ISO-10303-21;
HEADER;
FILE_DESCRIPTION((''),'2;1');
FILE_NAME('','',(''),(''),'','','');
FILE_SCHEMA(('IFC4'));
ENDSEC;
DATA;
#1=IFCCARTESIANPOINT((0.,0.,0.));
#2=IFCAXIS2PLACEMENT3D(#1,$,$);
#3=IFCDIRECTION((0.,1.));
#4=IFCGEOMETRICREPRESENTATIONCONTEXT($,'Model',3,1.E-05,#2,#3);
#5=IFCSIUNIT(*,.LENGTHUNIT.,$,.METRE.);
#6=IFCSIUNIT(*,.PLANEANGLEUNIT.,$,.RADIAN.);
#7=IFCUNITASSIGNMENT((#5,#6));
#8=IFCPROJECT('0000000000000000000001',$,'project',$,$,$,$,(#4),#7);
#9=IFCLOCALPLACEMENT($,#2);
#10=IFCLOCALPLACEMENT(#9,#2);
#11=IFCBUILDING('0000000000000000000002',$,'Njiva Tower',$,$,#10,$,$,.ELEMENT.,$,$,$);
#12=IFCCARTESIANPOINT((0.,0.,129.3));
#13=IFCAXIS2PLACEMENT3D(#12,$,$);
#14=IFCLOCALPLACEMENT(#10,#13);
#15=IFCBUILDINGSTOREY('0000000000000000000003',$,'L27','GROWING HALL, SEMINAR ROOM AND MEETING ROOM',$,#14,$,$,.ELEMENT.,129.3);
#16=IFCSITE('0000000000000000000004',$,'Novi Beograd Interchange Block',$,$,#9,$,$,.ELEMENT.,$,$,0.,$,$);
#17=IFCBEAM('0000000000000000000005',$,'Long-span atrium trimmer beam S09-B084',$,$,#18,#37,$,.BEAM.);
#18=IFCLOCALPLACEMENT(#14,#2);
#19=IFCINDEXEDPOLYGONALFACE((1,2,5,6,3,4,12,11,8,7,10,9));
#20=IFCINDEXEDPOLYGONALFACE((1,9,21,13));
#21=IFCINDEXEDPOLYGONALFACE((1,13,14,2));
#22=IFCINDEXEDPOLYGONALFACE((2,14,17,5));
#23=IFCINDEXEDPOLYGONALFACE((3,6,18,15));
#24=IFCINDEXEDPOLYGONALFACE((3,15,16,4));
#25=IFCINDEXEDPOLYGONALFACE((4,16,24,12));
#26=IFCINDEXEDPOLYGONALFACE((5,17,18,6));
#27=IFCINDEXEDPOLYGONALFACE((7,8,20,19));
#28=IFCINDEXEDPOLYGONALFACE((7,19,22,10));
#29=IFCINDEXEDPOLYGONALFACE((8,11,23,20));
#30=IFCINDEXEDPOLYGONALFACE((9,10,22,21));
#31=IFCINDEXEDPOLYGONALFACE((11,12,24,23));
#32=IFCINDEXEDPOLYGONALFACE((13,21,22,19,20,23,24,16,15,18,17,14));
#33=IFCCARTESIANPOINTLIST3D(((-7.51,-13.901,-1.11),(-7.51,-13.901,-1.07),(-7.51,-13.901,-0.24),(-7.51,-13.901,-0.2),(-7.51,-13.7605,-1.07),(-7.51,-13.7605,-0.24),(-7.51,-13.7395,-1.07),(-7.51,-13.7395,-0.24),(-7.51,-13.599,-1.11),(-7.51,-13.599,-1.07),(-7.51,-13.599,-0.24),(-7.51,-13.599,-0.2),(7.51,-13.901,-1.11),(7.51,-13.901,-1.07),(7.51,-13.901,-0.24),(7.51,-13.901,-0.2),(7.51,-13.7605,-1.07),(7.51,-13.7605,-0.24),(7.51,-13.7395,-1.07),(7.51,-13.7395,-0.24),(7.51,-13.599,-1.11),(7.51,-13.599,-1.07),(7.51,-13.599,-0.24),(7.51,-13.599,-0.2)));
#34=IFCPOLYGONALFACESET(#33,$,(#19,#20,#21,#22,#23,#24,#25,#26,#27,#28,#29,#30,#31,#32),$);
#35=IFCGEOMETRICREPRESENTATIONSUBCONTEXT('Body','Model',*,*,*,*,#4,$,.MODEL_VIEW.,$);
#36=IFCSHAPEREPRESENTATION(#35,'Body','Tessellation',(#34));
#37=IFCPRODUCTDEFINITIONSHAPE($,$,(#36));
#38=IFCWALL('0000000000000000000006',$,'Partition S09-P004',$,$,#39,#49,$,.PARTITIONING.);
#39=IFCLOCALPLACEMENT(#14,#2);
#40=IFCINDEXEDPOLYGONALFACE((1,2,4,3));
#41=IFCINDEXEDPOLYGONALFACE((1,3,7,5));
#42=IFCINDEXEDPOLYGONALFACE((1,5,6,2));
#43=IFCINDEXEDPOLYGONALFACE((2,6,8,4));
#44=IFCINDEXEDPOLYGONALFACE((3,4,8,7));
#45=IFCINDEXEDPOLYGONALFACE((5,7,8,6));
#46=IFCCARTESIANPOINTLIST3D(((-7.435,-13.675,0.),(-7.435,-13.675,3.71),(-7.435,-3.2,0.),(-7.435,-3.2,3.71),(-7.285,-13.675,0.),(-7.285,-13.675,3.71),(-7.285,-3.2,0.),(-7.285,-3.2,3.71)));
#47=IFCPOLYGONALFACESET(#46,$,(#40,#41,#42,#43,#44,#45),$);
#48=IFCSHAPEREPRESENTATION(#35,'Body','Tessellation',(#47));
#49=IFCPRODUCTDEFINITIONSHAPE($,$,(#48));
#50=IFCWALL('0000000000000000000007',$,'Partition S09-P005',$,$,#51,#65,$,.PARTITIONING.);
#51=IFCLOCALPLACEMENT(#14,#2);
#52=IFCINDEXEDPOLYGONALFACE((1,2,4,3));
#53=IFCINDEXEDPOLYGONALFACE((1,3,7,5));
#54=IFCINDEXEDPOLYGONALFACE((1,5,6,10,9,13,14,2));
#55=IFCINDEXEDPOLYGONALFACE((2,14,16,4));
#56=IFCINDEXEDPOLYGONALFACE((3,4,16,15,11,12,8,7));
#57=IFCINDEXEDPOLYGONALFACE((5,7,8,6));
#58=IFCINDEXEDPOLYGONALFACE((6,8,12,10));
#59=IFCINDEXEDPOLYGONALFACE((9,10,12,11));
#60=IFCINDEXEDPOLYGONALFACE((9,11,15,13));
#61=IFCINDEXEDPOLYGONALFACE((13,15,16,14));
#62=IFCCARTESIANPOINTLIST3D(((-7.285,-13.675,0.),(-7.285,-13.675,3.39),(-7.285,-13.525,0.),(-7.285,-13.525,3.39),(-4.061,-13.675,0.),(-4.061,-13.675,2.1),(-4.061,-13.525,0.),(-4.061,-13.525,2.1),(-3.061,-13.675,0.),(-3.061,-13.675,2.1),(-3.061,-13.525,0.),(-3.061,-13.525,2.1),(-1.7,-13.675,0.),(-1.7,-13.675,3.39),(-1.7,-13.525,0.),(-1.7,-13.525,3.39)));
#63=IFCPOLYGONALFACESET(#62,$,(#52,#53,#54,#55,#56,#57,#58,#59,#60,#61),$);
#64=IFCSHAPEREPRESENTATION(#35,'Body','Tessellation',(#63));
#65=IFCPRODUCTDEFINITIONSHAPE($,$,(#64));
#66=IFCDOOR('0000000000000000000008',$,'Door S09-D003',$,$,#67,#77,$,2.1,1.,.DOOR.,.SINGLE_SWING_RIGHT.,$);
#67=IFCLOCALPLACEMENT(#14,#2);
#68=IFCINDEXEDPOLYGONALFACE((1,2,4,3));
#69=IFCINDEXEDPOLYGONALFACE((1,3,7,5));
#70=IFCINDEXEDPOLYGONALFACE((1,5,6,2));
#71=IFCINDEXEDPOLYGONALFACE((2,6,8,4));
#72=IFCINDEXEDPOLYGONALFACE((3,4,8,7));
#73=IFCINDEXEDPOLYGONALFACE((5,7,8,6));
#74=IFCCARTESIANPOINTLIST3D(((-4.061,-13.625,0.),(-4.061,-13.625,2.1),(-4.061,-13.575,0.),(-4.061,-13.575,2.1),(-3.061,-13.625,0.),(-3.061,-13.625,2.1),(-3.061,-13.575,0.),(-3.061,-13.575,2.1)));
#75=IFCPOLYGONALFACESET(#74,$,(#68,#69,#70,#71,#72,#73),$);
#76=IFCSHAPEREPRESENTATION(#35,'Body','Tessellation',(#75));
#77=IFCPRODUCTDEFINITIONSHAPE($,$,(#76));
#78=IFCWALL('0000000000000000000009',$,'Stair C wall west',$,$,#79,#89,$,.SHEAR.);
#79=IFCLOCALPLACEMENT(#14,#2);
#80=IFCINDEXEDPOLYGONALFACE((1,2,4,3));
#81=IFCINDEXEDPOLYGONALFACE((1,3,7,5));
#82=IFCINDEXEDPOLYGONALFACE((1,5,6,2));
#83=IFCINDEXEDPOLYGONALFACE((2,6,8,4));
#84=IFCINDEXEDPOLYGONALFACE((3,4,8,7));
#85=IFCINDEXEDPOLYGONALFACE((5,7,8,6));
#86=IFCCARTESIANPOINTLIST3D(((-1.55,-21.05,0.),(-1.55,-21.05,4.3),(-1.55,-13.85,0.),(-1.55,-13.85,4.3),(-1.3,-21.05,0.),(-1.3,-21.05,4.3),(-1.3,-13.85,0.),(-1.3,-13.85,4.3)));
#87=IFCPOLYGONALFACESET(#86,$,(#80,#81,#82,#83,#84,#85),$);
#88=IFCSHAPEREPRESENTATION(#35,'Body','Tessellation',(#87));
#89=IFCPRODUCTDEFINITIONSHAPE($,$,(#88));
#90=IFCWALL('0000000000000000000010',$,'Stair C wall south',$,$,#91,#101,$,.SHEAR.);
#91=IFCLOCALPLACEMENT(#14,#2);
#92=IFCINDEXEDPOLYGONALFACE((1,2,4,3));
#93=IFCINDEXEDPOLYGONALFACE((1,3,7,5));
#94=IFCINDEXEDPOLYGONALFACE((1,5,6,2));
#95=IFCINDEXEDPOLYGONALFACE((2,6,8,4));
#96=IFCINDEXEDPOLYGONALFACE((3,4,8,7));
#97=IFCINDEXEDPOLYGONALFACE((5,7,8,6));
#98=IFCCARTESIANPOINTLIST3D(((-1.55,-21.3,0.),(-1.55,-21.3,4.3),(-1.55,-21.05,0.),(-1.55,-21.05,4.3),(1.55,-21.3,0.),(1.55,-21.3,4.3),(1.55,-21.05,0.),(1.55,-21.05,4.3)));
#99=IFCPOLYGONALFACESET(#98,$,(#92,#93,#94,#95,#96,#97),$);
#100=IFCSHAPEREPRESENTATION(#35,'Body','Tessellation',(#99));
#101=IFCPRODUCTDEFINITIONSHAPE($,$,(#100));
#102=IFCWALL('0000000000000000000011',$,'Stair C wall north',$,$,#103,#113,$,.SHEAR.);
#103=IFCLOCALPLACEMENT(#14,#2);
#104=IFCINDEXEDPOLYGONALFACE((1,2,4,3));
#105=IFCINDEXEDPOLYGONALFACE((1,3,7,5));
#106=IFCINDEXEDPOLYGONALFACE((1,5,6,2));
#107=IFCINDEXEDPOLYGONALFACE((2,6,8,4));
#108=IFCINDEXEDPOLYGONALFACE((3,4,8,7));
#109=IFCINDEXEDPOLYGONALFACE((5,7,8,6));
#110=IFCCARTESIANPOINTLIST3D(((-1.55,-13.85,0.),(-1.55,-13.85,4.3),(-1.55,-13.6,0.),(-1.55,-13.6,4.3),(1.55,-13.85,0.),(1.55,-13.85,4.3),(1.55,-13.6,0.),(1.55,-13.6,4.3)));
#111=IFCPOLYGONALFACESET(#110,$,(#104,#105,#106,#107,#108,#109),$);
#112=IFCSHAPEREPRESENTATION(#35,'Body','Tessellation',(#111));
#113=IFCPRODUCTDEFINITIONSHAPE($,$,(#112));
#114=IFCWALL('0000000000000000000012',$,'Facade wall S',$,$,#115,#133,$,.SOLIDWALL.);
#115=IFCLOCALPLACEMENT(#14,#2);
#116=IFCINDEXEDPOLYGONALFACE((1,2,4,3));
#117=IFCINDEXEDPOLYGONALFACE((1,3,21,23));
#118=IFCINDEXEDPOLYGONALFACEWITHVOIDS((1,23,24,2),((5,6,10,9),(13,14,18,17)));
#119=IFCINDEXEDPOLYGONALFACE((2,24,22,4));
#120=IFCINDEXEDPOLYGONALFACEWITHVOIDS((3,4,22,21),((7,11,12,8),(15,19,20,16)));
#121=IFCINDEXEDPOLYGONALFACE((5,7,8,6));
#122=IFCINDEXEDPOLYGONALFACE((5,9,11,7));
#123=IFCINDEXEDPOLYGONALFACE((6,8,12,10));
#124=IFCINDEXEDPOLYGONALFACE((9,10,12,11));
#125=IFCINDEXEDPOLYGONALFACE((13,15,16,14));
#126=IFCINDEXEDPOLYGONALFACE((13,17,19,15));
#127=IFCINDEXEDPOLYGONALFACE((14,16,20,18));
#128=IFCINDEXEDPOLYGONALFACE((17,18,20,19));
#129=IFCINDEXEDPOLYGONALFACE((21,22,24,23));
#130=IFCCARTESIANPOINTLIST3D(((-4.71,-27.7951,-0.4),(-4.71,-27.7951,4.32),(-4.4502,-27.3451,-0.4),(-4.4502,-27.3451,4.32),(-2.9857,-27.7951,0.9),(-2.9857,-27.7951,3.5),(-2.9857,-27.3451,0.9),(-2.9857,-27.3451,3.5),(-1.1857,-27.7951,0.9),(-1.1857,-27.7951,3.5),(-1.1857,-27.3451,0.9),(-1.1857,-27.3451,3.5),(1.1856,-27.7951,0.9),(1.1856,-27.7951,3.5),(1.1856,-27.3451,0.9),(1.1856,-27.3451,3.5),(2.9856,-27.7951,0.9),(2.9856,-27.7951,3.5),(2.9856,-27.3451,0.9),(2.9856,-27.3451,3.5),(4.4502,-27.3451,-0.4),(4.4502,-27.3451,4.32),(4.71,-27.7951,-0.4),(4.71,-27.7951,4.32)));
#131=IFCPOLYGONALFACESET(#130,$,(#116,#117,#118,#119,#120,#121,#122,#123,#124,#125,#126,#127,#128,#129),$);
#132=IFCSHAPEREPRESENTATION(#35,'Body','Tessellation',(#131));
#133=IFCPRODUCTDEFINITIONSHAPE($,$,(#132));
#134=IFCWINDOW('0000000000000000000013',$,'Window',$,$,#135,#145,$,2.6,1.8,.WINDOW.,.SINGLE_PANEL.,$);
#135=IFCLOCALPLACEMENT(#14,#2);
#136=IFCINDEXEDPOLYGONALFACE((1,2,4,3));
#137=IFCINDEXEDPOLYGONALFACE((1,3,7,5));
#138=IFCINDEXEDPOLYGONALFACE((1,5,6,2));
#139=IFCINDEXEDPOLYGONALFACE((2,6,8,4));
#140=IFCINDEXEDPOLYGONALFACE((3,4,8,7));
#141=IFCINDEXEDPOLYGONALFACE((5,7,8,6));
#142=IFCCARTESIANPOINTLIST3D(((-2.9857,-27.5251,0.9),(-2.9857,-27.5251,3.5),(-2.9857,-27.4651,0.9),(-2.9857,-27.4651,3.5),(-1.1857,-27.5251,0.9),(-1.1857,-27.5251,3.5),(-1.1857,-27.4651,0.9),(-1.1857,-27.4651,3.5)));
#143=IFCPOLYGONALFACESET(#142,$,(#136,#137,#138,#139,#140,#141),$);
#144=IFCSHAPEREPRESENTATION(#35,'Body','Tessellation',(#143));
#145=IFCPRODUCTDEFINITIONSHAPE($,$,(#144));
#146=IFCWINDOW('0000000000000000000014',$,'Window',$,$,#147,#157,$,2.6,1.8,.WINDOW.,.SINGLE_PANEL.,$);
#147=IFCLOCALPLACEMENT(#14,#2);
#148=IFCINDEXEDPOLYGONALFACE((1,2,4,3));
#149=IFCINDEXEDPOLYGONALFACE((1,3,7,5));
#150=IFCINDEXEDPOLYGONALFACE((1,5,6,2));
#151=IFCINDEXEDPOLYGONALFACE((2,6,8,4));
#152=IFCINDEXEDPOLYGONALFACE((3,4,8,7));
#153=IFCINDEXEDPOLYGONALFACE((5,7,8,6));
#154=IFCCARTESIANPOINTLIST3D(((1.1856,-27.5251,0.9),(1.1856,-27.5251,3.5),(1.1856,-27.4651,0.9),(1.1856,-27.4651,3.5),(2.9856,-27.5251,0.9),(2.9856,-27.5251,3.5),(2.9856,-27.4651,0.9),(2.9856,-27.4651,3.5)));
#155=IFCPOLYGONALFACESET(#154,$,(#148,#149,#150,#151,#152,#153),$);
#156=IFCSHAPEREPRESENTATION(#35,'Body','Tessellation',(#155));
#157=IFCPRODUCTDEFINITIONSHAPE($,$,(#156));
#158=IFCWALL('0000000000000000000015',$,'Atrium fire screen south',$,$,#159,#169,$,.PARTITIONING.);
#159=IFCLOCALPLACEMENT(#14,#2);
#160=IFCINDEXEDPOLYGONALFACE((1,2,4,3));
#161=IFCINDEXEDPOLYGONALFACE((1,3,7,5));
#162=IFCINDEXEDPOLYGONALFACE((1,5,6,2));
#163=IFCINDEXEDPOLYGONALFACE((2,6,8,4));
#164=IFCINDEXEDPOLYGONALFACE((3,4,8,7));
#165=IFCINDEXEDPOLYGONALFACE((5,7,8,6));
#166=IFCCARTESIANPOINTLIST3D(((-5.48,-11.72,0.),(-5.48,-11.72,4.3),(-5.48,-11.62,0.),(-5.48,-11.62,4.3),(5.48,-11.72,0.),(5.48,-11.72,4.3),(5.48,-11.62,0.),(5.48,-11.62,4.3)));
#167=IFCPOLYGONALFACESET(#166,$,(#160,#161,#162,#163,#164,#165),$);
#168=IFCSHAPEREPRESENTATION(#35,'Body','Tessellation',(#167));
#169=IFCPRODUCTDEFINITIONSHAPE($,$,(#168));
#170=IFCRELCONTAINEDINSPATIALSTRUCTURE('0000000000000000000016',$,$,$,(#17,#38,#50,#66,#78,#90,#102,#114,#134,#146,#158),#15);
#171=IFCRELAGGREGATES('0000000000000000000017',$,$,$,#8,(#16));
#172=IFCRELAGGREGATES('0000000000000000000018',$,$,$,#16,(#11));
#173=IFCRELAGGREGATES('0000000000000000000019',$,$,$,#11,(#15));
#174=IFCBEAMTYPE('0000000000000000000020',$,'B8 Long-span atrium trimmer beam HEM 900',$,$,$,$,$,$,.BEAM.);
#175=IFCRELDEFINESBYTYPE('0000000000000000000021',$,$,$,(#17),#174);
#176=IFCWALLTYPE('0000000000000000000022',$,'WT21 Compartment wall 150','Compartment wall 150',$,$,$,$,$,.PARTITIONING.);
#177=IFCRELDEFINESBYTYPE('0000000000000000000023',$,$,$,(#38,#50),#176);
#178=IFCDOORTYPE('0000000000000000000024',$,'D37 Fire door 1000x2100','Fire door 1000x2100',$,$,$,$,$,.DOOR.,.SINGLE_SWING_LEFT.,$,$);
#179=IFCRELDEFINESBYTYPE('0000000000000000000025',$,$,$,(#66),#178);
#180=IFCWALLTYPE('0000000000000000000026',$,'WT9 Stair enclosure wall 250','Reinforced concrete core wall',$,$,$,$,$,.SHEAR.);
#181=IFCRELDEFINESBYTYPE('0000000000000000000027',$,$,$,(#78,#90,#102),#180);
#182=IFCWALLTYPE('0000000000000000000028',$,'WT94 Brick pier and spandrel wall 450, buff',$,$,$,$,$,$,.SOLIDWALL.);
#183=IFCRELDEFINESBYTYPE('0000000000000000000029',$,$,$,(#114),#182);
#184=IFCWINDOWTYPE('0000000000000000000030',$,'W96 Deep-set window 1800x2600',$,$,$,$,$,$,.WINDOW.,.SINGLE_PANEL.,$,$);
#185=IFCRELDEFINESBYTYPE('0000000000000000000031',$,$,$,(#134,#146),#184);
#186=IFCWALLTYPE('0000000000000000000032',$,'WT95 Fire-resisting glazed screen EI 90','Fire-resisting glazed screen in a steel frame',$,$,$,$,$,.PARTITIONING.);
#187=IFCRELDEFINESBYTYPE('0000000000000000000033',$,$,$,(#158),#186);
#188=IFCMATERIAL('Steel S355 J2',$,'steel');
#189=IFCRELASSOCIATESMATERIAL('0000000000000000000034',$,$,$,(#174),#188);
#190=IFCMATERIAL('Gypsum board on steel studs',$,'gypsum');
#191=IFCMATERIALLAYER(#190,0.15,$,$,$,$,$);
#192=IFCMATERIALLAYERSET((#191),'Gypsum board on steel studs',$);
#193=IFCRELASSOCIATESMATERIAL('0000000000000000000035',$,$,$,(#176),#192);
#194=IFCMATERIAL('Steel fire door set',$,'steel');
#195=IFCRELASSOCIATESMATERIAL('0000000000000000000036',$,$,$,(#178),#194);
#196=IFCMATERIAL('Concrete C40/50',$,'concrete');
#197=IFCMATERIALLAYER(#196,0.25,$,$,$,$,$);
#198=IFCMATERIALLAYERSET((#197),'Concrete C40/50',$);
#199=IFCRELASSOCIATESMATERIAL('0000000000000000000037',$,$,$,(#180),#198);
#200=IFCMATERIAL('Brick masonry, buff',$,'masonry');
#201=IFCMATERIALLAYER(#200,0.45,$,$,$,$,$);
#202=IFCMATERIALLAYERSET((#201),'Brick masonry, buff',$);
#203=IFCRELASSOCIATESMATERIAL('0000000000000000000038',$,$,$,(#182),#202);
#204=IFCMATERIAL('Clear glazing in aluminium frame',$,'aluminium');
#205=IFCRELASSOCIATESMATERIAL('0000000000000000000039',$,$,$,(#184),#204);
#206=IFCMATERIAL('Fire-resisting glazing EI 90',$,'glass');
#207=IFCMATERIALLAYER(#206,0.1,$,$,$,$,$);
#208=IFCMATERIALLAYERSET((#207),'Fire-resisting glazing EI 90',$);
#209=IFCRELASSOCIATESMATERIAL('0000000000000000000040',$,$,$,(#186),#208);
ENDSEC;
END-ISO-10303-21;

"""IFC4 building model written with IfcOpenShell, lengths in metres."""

from ifc_helpers import new_model, si_unit, direction, frame, frame_2d, origin, origin_2d, place, context, subcontext, project, spatial, polyline, rectangle, i_section, outline, extrude, material, layer, layer_set, material_profile, profile_set, type_object, element, fill, save


model = new_model("IFC4")

# Units and contexts
model_context = context("Model", 3, precision=1e-05, world=origin(), true_north=direction((0.0, 1.0)))
body_context = subcontext(model_context, "Body", "Model", "MODEL_VIEW")
ifc_project = project(units=[si_unit("LENGTHUNIT", "METRE"), si_unit("PLANEANGLEUNIT", "RADIAN")], contexts=[model_context])

# Site, building, storey
site_placement = place(None, origin())
site = spatial("IfcSite", under=ifc_project, at=site_placement, Name="Novi Beograd Interchange Block", CompositionType="ELEMENT", RefElevation=0.0)
building_placement = place(site_placement, origin())
building = spatial("IfcBuilding", under=site, at=building_placement, Name="Njiva Tower", CompositionType="ELEMENT")
storey_placement = place(building_placement, frame((0.0, 0.0, 129.3)))
storey = spatial("IfcBuildingStorey", under=building, at=storey_placement, Name="L27", Description="GROWING HALL, SEMINAR ROOM AND MEETING ROOM", CompositionType="ELEMENT", Elevation=129.3)

# Shared definitions
ifc_material_1 = material(Name="Steel S355 J2", Category="steel")

# Beam
ifc_material_profile_1 = material_profile(ifc_material_1, i_section(OverallWidth=0.302, OverallDepth=0.91, WebThickness=0.021, FlangeThickness=0.04, at=origin_2d()), Name="HEM 900")
ifc_profile_set_1 = profile_set([ifc_material_profile_1], Name="Steel S355 J2")
beam_type_1 = type_object("IfcBeamType", Name="B8 Long-span atrium trimmer beam HEM 900", PredefinedType="BEAM", material=ifc_profile_set_1)
beam_1_placement = place(storey_placement, frame((-7.51, -13.75, -0.655), z_axis=(1.0, 0.0, 0.0), x_axis=(0.0, 1.0, 0.0)))
element("IfcBeam", 1, at=beam_1_placement, inside=storey, type_object=beam_type_1, Name="Long-span atrium trimmer beam S09-B084", PredefinedType="BEAM", context=body_context, shape_type="SweptSolid", body=[
    extrude(i_section(OverallWidth=0.302, OverallDepth=0.91, WebThickness=0.021, FlangeThickness=0.04, at=origin_2d()), origin(), (0.0, 0.0, 1.0), 15.02),
])

# Wall
ifc_material_2 = material(Name="Gypsum board on steel studs", Category="gypsum")
ifc_layer_1 = layer(ifc_material_2, 0.15)
ifc_layer_set_1 = layer_set([ifc_layer_1], Name="Gypsum board on steel studs")
wall_type_1 = type_object("IfcWallType", Name="WT21 Compartment wall 150", Description="Compartment wall 150", PredefinedType="PARTITIONING", material=ifc_layer_set_1)
wall_1_placement = place(storey_placement, frame((-7.36, -13.675, 0.0), z_axis=(0.0, 0.0, 1.0), x_axis=(0.0, 1.0, 0.0)))
element("IfcWall", 2, at=wall_1_placement, inside=storey, type_object=wall_type_1, Name="Partition S09-P004", PredefinedType="PARTITIONING", context=body_context, shape_type="SweptSolid", body=[
    extrude(rectangle(XDim=10.475, YDim=0.15, at=frame_2d((5.2375, 0.0))), origin(), (0.0, 0.0, 1.0), 3.71),
])

# Wall, opening, door
wall_2_placement = place(storey_placement, frame((-7.285, -13.6, 0.0), z_axis=(0.0, 0.0, 1.0), x_axis=(1.0, 0.0, 0.0)))
wall_2 = element("IfcWall", 3, at=wall_2_placement, inside=storey, type_object=wall_type_1, Name="Partition S09-P005", PredefinedType="PARTITIONING", context=body_context, shape_type="SweptSolid", body=[
    extrude(rectangle(XDim=5.585, YDim=0.15, at=frame_2d((2.7925, 0.0))), origin(), (0.0, 0.0, 1.0), 3.39),
])
opening_1_placement = place(wall_2_placement, frame((3.224, 0.0, 0.0)))
opening_1 = element("IfcOpeningElement", 4, at=opening_1_placement, cuts=wall_2, PredefinedType="OPENING", context=body_context, shape_type="SweptSolid", body=[
    extrude(rectangle(XDim=1.0, YDim=2.1, at=frame_2d((0.5, 1.05))), frame((0.0, 0.085, 0.0), z_axis=(0.0, -1.0, 0.0), x_axis=(1.0, 0.0, 0.0)), (0.0, 0.0, 1.0), 0.17),
])
ifc_material_3 = material(Name="Steel fire door set", Category="steel")
door_type = type_object("IfcDoorType", Name="D37 Fire door 1000x2100", Description="Fire door 1000x2100", OperationType="SINGLE_SWING_LEFT", PredefinedType="DOOR", material=ifc_material_3)
door_placement = place(opening_1_placement, origin())
door = element("IfcDoor", 5, at=door_placement, inside=storey, type_object=door_type, Name="Door S09-D003", OperationType="SINGLE_SWING_RIGHT", OverallHeight=2.1, OverallWidth=1.0, PredefinedType="DOOR", context=body_context, shape_type="SweptSolid", body=[
    extrude(rectangle(XDim=1.0, YDim=2.1, at=frame_2d((0.5, 1.05))), frame((0.0, 0.025, 0.0), z_axis=(0.0, -1.0, 0.0), x_axis=(1.0, 0.0, 0.0)), (0.0, 0.0, 1.0), 0.05),
])
fill(opening_1, door)

# Walls
ifc_material_4 = material(Name="Concrete C40/50", Category="concrete")
ifc_layer_2 = layer(ifc_material_4, 0.25)
ifc_layer_set_2 = layer_set([ifc_layer_2], Name="Concrete C40/50")
wall_type_2 = type_object("IfcWallType", Name="WT9 Stair enclosure wall 250", Description="Reinforced concrete core wall", PredefinedType="SHEAR", material=ifc_layer_set_2)
wall_3_placement = place(storey_placement, frame((-1.425, -21.05, 0.0), z_axis=(0.0, 0.0, 1.0), x_axis=(0.0, 1.0, 0.0)))
element("IfcWall", 6, at=wall_3_placement, inside=storey, type_object=wall_type_2, Name="Stair C wall west", PredefinedType="SHEAR", context=body_context, shape_type="SweptSolid", body=[
    extrude(rectangle(XDim=7.2, YDim=0.25, at=frame_2d((3.6, 0.0))), origin(), (0.0, 0.0, 1.0), 4.3),
])
for number, where, z_axis, x_axis, name in (
    (7, (-1.55, -21.175, 0.0), (0.0, 0.0, 1.0), (1.0, 0.0, 0.0), "Stair C wall south"),
    (8, (-1.55, -13.725, 0.0), (0.0, 0.0, 1.0), (1.0, 0.0, 0.0), "Stair C wall north"),
):
    element("IfcWall", number, at=place(storey_placement, frame(where, z_axis=z_axis, x_axis=x_axis)), inside=storey, type_object=wall_type_2, Name=name, PredefinedType="SHEAR", context=body_context, shape_type="SweptSolid", body=[
        extrude(rectangle(XDim=3.1, YDim=0.25, at=frame_2d((1.55, 0.0))), origin(), (0.0, 0.0, 1.0), 4.3),
    ])

# Wall, openings, windows
ifc_material_5 = material(Name="Brick masonry, buff", Category="masonry")
ifc_layer_3 = layer(ifc_material_5, 0.45)
ifc_layer_set_3 = layer_set([ifc_layer_3], Name="Brick masonry, buff")
wall_type_3 = type_object("IfcWallType", Name="WT94 Brick pier and spandrel wall 450, buff", PredefinedType="SOLIDWALL", material=ifc_layer_set_3)
wall_4_placement = place(storey_placement, frame((-4.5801, -27.5701, -0.4), z_axis=(0.0, 0.0, 1.0), x_axis=(1.0, 0.0, 0.0)))
wall_4 = element("IfcWall", 9, at=wall_4_placement, inside=storey, type_object=wall_type_3, Name="Facade wall S", PredefinedType="SOLIDWALL", context=body_context, shape_type="SweptSolid", body=[
    extrude(outline(polyline([(-0.1299, -0.225), (9.2901, -0.225), (9.0303, 0.225), (0.1299, 0.225), (-0.1299, -0.225)])), origin(), (0.0, 0.0, 1.0), 4.72),
])
opening_2_placement = place(wall_4_placement, frame((1.5944, 0.0, 1.3)))
opening_2 = element("IfcOpeningElement", 10, at=opening_2_placement, cuts=wall_4, PredefinedType="OPENING", context=body_context, shape_type="SweptSolid", body=[
    extrude(rectangle(XDim=1.8, YDim=2.6, at=frame_2d((0.9, 1.3))), frame((0.0, 0.235, 0.0), z_axis=(0.0, -1.0, 0.0), x_axis=(1.0, 0.0, 0.0)), (0.0, 0.0, 1.0), 0.47),
])
opening_3_placement = place(wall_4_placement, frame((5.7657, 0.0, 1.3)))
opening_3 = element("IfcOpeningElement", 11, at=opening_3_placement, cuts=wall_4, PredefinedType="OPENING", context=body_context, shape_type="SweptSolid", body=[
    extrude(rectangle(XDim=1.8, YDim=2.6, at=frame_2d((0.9, 1.3))), frame((0.0, 0.235, 0.0), z_axis=(0.0, -1.0, 0.0), x_axis=(1.0, 0.0, 0.0)), (0.0, 0.0, 1.0), 0.47),
])
ifc_material_6 = material(Name="Clear glazing in aluminium frame", Category="aluminium")
window_type = type_object("IfcWindowType", Name="W96 Deep-set window 1800x2600", PartitioningType="SINGLE_PANEL", PredefinedType="WINDOW", material=ifc_material_6)
window_1_placement = place(opening_2_placement, origin())
window_1 = element("IfcWindow", 12, at=window_1_placement, inside=storey, type_object=window_type, Name="Window", OverallHeight=2.6, OverallWidth=1.8, PartitioningType="SINGLE_PANEL", PredefinedType="WINDOW", context=body_context, shape_type="SweptSolid", body=[
    extrude(rectangle(XDim=1.8, YDim=2.6, at=frame_2d((0.9, 1.3))), frame((0.0, 0.105, 0.0), z_axis=(0.0, -1.0, 0.0), x_axis=(1.0, 0.0, 0.0)), (0.0, 0.0, 1.0), 0.06),
])
fill(opening_2, window_1)
window_2_placement = place(opening_3_placement, origin())
window_2 = element("IfcWindow", 13, at=window_2_placement, inside=storey, type_object=window_type, Name="Window", OverallHeight=2.6, OverallWidth=1.8, PartitioningType="SINGLE_PANEL", PredefinedType="WINDOW", context=body_context, shape_type="SweptSolid", body=[
    extrude(rectangle(XDim=1.8, YDim=2.6, at=frame_2d((0.9, 1.3))), frame((0.0, 0.105, 0.0), z_axis=(0.0, -1.0, 0.0), x_axis=(1.0, 0.0, 0.0)), (0.0, 0.0, 1.0), 0.06),
])
fill(opening_3, window_2)

# Wall
ifc_material_7 = material(Name="Fire-resisting glazing EI 90", Category="glass")
ifc_layer_4 = layer(ifc_material_7, 0.1)
ifc_layer_set_4 = layer_set([ifc_layer_4], Name="Fire-resisting glazing EI 90")
wall_type_4 = type_object("IfcWallType", Name="WT95 Fire-resisting glazed screen EI 90", Description="Fire-resisting glazed screen in a steel frame", PredefinedType="PARTITIONING", material=ifc_layer_set_4)
wall_5_placement = place(storey_placement, frame((-5.48, -11.67, 0.0), z_axis=(0.0, 0.0, 1.0), x_axis=(1.0, 0.0, 0.0)))
element("IfcWall", 14, at=wall_5_placement, inside=storey, type_object=wall_type_4, Name="Atrium fire screen south", PredefinedType="PARTITIONING", context=body_context, shape_type="SweptSolid", body=[
    extrude(rectangle(XDim=10.96, YDim=0.1, at=frame_2d((5.48, 0.0))), origin(), (0.0, 0.0, 1.0), 4.3),
])

save(model, "model.ifc")
